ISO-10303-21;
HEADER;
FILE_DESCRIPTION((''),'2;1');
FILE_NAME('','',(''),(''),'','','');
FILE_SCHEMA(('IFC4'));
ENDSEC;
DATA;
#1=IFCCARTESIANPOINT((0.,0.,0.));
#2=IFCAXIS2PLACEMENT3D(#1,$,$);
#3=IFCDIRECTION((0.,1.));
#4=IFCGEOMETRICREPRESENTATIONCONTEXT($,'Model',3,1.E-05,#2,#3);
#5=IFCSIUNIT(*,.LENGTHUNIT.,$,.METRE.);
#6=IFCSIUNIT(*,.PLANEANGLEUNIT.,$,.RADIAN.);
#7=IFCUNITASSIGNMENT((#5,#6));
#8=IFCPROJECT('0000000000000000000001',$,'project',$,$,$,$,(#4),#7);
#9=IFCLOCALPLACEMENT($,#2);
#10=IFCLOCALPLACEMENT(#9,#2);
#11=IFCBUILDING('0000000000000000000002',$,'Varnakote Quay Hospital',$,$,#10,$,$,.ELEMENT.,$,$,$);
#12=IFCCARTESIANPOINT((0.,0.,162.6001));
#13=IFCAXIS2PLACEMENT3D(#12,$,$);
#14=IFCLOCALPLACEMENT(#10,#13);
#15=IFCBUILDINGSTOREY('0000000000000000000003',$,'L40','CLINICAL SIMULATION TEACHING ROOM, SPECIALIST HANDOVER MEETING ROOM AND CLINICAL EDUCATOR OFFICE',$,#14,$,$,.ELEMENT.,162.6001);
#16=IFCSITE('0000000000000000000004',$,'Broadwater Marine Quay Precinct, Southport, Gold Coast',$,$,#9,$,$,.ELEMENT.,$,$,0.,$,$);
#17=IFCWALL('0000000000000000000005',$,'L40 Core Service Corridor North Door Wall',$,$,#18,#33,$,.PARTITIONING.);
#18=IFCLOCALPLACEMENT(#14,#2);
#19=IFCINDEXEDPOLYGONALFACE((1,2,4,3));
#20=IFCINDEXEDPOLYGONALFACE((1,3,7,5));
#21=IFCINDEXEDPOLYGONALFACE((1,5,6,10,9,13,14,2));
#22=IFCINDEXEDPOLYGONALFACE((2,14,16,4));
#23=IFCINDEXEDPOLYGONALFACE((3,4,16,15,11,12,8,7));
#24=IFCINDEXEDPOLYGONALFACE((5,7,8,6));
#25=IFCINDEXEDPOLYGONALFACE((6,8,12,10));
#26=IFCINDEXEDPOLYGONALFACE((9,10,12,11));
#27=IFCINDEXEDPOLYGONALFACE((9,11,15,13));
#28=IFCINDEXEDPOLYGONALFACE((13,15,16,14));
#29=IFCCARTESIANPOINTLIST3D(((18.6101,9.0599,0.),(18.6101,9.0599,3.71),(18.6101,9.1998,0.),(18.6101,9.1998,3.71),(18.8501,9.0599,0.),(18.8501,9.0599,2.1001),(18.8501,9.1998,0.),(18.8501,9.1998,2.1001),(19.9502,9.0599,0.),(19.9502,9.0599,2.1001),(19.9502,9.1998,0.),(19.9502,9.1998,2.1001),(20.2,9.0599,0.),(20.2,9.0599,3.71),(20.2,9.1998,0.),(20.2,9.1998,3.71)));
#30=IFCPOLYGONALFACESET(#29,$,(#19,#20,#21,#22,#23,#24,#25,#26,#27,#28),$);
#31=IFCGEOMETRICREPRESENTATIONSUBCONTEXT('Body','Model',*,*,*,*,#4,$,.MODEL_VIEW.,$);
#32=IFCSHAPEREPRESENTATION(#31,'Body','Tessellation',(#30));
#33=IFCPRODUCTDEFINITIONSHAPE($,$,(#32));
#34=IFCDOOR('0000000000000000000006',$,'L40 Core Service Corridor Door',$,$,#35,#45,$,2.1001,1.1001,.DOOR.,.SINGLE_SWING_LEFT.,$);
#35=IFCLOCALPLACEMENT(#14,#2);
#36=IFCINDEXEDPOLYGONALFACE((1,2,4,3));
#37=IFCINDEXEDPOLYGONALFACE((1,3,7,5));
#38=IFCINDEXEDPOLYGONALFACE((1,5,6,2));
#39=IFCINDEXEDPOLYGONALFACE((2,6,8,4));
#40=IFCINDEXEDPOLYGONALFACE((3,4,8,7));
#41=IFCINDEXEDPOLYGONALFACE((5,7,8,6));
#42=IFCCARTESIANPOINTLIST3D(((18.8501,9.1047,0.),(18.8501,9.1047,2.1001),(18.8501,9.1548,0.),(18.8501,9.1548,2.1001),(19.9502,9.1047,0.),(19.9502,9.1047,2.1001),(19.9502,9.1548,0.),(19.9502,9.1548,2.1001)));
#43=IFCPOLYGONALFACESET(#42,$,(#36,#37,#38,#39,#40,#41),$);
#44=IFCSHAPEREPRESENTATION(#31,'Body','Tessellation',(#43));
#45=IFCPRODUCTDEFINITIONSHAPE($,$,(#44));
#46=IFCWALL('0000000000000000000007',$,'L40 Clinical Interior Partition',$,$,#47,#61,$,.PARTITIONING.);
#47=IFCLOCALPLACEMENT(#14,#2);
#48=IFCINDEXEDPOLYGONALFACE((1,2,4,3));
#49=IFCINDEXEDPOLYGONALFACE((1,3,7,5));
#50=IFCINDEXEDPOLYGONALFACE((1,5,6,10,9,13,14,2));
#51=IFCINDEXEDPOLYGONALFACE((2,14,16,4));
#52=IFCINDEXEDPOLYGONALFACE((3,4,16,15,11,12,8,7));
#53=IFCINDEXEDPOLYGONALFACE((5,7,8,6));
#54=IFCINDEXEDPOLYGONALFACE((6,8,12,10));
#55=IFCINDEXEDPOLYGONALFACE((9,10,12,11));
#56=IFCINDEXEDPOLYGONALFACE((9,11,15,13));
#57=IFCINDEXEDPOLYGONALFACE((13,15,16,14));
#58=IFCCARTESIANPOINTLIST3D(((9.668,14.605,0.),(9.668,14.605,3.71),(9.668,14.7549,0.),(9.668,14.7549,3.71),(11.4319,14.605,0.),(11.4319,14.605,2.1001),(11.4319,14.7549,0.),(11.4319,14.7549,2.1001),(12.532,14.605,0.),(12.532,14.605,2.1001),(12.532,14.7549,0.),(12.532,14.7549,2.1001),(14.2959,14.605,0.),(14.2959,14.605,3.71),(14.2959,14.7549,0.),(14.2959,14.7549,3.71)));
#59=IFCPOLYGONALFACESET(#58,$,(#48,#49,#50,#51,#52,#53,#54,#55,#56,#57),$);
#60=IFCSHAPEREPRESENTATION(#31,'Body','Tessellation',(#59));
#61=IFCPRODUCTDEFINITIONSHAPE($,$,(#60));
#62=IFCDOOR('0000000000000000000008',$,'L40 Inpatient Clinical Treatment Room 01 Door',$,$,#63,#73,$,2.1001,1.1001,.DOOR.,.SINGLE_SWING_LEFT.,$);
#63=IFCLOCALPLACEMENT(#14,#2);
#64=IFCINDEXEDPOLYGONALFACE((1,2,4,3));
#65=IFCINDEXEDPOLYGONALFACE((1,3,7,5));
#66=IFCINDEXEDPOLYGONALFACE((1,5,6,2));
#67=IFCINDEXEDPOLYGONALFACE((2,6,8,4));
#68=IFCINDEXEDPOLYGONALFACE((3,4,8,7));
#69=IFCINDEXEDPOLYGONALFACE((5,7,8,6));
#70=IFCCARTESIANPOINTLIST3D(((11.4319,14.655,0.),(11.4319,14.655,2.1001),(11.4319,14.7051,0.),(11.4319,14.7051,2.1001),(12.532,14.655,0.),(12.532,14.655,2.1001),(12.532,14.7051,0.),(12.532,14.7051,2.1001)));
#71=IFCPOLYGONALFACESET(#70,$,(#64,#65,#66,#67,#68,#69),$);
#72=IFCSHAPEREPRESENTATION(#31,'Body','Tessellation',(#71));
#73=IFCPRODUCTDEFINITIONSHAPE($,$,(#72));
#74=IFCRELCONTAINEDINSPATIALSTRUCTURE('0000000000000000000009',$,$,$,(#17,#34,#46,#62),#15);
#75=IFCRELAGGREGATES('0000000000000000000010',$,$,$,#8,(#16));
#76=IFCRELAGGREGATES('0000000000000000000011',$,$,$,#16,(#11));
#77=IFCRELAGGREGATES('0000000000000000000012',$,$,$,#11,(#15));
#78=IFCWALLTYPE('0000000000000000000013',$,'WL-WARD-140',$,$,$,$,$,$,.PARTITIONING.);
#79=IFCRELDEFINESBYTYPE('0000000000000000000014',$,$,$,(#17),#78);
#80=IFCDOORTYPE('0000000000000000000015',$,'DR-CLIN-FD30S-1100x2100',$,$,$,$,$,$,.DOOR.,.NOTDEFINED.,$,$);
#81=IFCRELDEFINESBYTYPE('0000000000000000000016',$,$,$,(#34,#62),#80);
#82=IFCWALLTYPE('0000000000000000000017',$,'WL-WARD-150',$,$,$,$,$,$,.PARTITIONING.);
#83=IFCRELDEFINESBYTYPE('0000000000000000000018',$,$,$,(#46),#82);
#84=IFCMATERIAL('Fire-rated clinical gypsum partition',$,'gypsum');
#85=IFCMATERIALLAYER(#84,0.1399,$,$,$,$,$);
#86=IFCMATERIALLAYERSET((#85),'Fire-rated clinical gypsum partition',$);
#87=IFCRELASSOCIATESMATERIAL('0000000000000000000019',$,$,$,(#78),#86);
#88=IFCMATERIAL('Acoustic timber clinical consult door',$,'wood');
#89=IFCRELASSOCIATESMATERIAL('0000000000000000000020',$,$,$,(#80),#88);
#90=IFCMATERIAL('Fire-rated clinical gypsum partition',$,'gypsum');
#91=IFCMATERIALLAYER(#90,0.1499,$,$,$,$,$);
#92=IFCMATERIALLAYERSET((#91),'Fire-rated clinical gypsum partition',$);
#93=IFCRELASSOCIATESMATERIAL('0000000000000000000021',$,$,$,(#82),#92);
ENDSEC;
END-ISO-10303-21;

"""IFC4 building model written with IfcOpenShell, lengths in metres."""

from ifc_helpers import new_model, si_unit, direction, frame, frame_2d, origin, place, context, subcontext, project, spatial, rectangle, extrude, material, layer, layer_set, type_object, element, fill, save


model = new_model("IFC4")

# Units and contexts
model_context = context("Model", 3, precision=1e-05, world=origin(), true_north=direction((0.0, 1.0)))
body_context = subcontext(model_context, "Body", "Model", "MODEL_VIEW")
ifc_project = project(units=[si_unit("LENGTHUNIT", "METRE"), si_unit("PLANEANGLEUNIT", "RADIAN")], contexts=[model_context])

# Site, building, storey
site_placement = place(None, origin())
site = spatial("IfcSite", under=ifc_project, at=site_placement, Name="Broadwater Marine Quay Precinct, Southport, Gold Coast", CompositionType="ELEMENT", RefElevation=0.0)
building_placement = place(site_placement, origin())
building = spatial("IfcBuilding", under=site, at=building_placement, Name="Varnakote Quay Hospital", CompositionType="ELEMENT")
storey_placement = place(building_placement, frame((0.0, 0.0, 162.6001)))
storey = spatial("IfcBuildingStorey", under=building, at=storey_placement, Name="L40", Description="CLINICAL SIMULATION TEACHING ROOM, SPECIALIST HANDOVER MEETING ROOM AND CLINICAL EDUCATOR OFFICE", CompositionType="ELEMENT", Elevation=162.6001)

# Walls, openings, doors
ifc_material_1 = material(Name="Fire-rated clinical gypsum partition", Category="gypsum")
ifc_layer_1 = layer(ifc_material_1, 0.1399)
ifc_layer_set_1 = layer_set([ifc_layer_1], Name="Fire-rated clinical gypsum partition")
wall_type_1 = type_object("IfcWallType", Name="WL-WARD-140", PredefinedType="PARTITIONING", material=ifc_layer_set_1)
wall_1_placement = place(storey_placement, frame((18.6101, 9.1299, 0.0), z_axis=(0.0, 0.0, 1.0), x_axis=(1.0, 0.0, 0.0)))
wall_1 = element("IfcWall", 1, at=wall_1_placement, inside=storey, type_object=wall_type_1, Name="L40 Core Service Corridor North Door Wall", PredefinedType="PARTITIONING", context=body_context, shape_type="SweptSolid", body=[
    extrude(rectangle(XDim=1.5898, YDim=0.1399, at=frame_2d((0.7949, 0.0))), origin(), (0.0, 0.0, 1.0), 3.71),
])
opening_1_placement = place(wall_1_placement, frame((0.24, 0.0, 0.0)))
opening_1 = element("IfcOpeningElement", 2, at=opening_1_placement, cuts=wall_1, PredefinedType="OPENING", context=body_context, shape_type="SweptSolid", body=[
    extrude(rectangle(XDim=1.1001, YDim=2.1001, at=frame_2d((0.55, 1.05))), frame((0.0, 0.0798, 0.0), z_axis=(0.0, -1.0, 0.0), x_axis=(1.0, 0.0, 0.0)), (0.0, 0.0, 1.0), 0.1599),
])
ifc_material_2 = material(Name="Acoustic timber clinical consult door", Category="wood")
door_type_1 = type_object("IfcDoorType", Name="DR-CLIN-FD30S-1100x2100", OperationType="NOTDEFINED", PredefinedType="DOOR", material=ifc_material_2)
door_1_placement = place(opening_1_placement, origin())
door_1 = element("IfcDoor", 3, at=door_1_placement, inside=storey, type_object=door_type_1, Name="L40 Core Service Corridor Door", OperationType="SINGLE_SWING_LEFT", OverallHeight=2.1001, OverallWidth=1.1001, PredefinedType="DOOR", context=body_context, shape_type="SweptSolid", body=[
    extrude(rectangle(XDim=1.1001, YDim=2.1001, at=frame_2d((0.55, 1.05))), frame((0.0, 0.0249, 0.0), z_axis=(0.0, -1.0, 0.0), x_axis=(1.0, 0.0, 0.0)), (0.0, 0.0, 1.0), 0.05),
])
fill(opening_1, door_1)
ifc_material_3 = material(Name="Fire-rated clinical gypsum partition", Category="gypsum")
ifc_layer_2 = layer(ifc_material_3, 0.1499)
ifc_layer_set_2 = layer_set([ifc_layer_2], Name="Fire-rated clinical gypsum partition")
wall_type_2 = type_object("IfcWallType", Name="WL-WARD-150", PredefinedType="PARTITIONING", material=ifc_layer_set_2)
wall_2_placement = place(storey_placement, frame((14.2959, 14.6799, 0.0), z_axis=(0.0, 0.0, 1.0), x_axis=(-1.0, 0.0, 0.0)))
wall_2 = element("IfcWall", 4, at=wall_2_placement, inside=storey, type_object=wall_type_2, Name="L40 Clinical Interior Partition", PredefinedType="PARTITIONING", context=body_context, shape_type="SweptSolid", body=[
    extrude(rectangle(XDim=4.6279, YDim=0.1499, at=frame_2d((2.314, 0.0))), origin(), (0.0, 0.0, 1.0), 3.71),
])
opening_2_placement = place(wall_2_placement, frame((1.7639, 0.0, 0.0)))
opening_2 = element("IfcOpeningElement", 5, at=opening_2_placement, cuts=wall_2, PredefinedType="OPENING", context=body_context, shape_type="SweptSolid", body=[
    extrude(rectangle(XDim=1.1001, YDim=2.1001, at=frame_2d((0.55, 1.05))), frame((0.0, 0.085, 0.0), z_axis=(0.0, -1.0, 0.0), x_axis=(1.0, 0.0, 0.0)), (0.0, 0.0, 1.0), 0.1699),
])
door_2_placement = place(opening_2_placement, origin())
door_2 = element("IfcDoor", 6, at=door_2_placement, inside=storey, type_object=door_type_1, Name="L40 Inpatient Clinical Treatment Room 01 Door", OperationType="SINGLE_SWING_LEFT", OverallHeight=2.1001, OverallWidth=1.1001, PredefinedType="DOOR", context=body_context, shape_type="SweptSolid", body=[
    extrude(rectangle(XDim=1.1001, YDim=2.1001, at=frame_2d((0.55, 1.05))), frame((0.0, 0.0249, 0.0), z_axis=(0.0, -1.0, 0.0), x_axis=(1.0, 0.0, 0.0)), (0.0, 0.0, 1.0), 0.05),
])
fill(opening_2, door_2)

save(model, "model.ifc")
